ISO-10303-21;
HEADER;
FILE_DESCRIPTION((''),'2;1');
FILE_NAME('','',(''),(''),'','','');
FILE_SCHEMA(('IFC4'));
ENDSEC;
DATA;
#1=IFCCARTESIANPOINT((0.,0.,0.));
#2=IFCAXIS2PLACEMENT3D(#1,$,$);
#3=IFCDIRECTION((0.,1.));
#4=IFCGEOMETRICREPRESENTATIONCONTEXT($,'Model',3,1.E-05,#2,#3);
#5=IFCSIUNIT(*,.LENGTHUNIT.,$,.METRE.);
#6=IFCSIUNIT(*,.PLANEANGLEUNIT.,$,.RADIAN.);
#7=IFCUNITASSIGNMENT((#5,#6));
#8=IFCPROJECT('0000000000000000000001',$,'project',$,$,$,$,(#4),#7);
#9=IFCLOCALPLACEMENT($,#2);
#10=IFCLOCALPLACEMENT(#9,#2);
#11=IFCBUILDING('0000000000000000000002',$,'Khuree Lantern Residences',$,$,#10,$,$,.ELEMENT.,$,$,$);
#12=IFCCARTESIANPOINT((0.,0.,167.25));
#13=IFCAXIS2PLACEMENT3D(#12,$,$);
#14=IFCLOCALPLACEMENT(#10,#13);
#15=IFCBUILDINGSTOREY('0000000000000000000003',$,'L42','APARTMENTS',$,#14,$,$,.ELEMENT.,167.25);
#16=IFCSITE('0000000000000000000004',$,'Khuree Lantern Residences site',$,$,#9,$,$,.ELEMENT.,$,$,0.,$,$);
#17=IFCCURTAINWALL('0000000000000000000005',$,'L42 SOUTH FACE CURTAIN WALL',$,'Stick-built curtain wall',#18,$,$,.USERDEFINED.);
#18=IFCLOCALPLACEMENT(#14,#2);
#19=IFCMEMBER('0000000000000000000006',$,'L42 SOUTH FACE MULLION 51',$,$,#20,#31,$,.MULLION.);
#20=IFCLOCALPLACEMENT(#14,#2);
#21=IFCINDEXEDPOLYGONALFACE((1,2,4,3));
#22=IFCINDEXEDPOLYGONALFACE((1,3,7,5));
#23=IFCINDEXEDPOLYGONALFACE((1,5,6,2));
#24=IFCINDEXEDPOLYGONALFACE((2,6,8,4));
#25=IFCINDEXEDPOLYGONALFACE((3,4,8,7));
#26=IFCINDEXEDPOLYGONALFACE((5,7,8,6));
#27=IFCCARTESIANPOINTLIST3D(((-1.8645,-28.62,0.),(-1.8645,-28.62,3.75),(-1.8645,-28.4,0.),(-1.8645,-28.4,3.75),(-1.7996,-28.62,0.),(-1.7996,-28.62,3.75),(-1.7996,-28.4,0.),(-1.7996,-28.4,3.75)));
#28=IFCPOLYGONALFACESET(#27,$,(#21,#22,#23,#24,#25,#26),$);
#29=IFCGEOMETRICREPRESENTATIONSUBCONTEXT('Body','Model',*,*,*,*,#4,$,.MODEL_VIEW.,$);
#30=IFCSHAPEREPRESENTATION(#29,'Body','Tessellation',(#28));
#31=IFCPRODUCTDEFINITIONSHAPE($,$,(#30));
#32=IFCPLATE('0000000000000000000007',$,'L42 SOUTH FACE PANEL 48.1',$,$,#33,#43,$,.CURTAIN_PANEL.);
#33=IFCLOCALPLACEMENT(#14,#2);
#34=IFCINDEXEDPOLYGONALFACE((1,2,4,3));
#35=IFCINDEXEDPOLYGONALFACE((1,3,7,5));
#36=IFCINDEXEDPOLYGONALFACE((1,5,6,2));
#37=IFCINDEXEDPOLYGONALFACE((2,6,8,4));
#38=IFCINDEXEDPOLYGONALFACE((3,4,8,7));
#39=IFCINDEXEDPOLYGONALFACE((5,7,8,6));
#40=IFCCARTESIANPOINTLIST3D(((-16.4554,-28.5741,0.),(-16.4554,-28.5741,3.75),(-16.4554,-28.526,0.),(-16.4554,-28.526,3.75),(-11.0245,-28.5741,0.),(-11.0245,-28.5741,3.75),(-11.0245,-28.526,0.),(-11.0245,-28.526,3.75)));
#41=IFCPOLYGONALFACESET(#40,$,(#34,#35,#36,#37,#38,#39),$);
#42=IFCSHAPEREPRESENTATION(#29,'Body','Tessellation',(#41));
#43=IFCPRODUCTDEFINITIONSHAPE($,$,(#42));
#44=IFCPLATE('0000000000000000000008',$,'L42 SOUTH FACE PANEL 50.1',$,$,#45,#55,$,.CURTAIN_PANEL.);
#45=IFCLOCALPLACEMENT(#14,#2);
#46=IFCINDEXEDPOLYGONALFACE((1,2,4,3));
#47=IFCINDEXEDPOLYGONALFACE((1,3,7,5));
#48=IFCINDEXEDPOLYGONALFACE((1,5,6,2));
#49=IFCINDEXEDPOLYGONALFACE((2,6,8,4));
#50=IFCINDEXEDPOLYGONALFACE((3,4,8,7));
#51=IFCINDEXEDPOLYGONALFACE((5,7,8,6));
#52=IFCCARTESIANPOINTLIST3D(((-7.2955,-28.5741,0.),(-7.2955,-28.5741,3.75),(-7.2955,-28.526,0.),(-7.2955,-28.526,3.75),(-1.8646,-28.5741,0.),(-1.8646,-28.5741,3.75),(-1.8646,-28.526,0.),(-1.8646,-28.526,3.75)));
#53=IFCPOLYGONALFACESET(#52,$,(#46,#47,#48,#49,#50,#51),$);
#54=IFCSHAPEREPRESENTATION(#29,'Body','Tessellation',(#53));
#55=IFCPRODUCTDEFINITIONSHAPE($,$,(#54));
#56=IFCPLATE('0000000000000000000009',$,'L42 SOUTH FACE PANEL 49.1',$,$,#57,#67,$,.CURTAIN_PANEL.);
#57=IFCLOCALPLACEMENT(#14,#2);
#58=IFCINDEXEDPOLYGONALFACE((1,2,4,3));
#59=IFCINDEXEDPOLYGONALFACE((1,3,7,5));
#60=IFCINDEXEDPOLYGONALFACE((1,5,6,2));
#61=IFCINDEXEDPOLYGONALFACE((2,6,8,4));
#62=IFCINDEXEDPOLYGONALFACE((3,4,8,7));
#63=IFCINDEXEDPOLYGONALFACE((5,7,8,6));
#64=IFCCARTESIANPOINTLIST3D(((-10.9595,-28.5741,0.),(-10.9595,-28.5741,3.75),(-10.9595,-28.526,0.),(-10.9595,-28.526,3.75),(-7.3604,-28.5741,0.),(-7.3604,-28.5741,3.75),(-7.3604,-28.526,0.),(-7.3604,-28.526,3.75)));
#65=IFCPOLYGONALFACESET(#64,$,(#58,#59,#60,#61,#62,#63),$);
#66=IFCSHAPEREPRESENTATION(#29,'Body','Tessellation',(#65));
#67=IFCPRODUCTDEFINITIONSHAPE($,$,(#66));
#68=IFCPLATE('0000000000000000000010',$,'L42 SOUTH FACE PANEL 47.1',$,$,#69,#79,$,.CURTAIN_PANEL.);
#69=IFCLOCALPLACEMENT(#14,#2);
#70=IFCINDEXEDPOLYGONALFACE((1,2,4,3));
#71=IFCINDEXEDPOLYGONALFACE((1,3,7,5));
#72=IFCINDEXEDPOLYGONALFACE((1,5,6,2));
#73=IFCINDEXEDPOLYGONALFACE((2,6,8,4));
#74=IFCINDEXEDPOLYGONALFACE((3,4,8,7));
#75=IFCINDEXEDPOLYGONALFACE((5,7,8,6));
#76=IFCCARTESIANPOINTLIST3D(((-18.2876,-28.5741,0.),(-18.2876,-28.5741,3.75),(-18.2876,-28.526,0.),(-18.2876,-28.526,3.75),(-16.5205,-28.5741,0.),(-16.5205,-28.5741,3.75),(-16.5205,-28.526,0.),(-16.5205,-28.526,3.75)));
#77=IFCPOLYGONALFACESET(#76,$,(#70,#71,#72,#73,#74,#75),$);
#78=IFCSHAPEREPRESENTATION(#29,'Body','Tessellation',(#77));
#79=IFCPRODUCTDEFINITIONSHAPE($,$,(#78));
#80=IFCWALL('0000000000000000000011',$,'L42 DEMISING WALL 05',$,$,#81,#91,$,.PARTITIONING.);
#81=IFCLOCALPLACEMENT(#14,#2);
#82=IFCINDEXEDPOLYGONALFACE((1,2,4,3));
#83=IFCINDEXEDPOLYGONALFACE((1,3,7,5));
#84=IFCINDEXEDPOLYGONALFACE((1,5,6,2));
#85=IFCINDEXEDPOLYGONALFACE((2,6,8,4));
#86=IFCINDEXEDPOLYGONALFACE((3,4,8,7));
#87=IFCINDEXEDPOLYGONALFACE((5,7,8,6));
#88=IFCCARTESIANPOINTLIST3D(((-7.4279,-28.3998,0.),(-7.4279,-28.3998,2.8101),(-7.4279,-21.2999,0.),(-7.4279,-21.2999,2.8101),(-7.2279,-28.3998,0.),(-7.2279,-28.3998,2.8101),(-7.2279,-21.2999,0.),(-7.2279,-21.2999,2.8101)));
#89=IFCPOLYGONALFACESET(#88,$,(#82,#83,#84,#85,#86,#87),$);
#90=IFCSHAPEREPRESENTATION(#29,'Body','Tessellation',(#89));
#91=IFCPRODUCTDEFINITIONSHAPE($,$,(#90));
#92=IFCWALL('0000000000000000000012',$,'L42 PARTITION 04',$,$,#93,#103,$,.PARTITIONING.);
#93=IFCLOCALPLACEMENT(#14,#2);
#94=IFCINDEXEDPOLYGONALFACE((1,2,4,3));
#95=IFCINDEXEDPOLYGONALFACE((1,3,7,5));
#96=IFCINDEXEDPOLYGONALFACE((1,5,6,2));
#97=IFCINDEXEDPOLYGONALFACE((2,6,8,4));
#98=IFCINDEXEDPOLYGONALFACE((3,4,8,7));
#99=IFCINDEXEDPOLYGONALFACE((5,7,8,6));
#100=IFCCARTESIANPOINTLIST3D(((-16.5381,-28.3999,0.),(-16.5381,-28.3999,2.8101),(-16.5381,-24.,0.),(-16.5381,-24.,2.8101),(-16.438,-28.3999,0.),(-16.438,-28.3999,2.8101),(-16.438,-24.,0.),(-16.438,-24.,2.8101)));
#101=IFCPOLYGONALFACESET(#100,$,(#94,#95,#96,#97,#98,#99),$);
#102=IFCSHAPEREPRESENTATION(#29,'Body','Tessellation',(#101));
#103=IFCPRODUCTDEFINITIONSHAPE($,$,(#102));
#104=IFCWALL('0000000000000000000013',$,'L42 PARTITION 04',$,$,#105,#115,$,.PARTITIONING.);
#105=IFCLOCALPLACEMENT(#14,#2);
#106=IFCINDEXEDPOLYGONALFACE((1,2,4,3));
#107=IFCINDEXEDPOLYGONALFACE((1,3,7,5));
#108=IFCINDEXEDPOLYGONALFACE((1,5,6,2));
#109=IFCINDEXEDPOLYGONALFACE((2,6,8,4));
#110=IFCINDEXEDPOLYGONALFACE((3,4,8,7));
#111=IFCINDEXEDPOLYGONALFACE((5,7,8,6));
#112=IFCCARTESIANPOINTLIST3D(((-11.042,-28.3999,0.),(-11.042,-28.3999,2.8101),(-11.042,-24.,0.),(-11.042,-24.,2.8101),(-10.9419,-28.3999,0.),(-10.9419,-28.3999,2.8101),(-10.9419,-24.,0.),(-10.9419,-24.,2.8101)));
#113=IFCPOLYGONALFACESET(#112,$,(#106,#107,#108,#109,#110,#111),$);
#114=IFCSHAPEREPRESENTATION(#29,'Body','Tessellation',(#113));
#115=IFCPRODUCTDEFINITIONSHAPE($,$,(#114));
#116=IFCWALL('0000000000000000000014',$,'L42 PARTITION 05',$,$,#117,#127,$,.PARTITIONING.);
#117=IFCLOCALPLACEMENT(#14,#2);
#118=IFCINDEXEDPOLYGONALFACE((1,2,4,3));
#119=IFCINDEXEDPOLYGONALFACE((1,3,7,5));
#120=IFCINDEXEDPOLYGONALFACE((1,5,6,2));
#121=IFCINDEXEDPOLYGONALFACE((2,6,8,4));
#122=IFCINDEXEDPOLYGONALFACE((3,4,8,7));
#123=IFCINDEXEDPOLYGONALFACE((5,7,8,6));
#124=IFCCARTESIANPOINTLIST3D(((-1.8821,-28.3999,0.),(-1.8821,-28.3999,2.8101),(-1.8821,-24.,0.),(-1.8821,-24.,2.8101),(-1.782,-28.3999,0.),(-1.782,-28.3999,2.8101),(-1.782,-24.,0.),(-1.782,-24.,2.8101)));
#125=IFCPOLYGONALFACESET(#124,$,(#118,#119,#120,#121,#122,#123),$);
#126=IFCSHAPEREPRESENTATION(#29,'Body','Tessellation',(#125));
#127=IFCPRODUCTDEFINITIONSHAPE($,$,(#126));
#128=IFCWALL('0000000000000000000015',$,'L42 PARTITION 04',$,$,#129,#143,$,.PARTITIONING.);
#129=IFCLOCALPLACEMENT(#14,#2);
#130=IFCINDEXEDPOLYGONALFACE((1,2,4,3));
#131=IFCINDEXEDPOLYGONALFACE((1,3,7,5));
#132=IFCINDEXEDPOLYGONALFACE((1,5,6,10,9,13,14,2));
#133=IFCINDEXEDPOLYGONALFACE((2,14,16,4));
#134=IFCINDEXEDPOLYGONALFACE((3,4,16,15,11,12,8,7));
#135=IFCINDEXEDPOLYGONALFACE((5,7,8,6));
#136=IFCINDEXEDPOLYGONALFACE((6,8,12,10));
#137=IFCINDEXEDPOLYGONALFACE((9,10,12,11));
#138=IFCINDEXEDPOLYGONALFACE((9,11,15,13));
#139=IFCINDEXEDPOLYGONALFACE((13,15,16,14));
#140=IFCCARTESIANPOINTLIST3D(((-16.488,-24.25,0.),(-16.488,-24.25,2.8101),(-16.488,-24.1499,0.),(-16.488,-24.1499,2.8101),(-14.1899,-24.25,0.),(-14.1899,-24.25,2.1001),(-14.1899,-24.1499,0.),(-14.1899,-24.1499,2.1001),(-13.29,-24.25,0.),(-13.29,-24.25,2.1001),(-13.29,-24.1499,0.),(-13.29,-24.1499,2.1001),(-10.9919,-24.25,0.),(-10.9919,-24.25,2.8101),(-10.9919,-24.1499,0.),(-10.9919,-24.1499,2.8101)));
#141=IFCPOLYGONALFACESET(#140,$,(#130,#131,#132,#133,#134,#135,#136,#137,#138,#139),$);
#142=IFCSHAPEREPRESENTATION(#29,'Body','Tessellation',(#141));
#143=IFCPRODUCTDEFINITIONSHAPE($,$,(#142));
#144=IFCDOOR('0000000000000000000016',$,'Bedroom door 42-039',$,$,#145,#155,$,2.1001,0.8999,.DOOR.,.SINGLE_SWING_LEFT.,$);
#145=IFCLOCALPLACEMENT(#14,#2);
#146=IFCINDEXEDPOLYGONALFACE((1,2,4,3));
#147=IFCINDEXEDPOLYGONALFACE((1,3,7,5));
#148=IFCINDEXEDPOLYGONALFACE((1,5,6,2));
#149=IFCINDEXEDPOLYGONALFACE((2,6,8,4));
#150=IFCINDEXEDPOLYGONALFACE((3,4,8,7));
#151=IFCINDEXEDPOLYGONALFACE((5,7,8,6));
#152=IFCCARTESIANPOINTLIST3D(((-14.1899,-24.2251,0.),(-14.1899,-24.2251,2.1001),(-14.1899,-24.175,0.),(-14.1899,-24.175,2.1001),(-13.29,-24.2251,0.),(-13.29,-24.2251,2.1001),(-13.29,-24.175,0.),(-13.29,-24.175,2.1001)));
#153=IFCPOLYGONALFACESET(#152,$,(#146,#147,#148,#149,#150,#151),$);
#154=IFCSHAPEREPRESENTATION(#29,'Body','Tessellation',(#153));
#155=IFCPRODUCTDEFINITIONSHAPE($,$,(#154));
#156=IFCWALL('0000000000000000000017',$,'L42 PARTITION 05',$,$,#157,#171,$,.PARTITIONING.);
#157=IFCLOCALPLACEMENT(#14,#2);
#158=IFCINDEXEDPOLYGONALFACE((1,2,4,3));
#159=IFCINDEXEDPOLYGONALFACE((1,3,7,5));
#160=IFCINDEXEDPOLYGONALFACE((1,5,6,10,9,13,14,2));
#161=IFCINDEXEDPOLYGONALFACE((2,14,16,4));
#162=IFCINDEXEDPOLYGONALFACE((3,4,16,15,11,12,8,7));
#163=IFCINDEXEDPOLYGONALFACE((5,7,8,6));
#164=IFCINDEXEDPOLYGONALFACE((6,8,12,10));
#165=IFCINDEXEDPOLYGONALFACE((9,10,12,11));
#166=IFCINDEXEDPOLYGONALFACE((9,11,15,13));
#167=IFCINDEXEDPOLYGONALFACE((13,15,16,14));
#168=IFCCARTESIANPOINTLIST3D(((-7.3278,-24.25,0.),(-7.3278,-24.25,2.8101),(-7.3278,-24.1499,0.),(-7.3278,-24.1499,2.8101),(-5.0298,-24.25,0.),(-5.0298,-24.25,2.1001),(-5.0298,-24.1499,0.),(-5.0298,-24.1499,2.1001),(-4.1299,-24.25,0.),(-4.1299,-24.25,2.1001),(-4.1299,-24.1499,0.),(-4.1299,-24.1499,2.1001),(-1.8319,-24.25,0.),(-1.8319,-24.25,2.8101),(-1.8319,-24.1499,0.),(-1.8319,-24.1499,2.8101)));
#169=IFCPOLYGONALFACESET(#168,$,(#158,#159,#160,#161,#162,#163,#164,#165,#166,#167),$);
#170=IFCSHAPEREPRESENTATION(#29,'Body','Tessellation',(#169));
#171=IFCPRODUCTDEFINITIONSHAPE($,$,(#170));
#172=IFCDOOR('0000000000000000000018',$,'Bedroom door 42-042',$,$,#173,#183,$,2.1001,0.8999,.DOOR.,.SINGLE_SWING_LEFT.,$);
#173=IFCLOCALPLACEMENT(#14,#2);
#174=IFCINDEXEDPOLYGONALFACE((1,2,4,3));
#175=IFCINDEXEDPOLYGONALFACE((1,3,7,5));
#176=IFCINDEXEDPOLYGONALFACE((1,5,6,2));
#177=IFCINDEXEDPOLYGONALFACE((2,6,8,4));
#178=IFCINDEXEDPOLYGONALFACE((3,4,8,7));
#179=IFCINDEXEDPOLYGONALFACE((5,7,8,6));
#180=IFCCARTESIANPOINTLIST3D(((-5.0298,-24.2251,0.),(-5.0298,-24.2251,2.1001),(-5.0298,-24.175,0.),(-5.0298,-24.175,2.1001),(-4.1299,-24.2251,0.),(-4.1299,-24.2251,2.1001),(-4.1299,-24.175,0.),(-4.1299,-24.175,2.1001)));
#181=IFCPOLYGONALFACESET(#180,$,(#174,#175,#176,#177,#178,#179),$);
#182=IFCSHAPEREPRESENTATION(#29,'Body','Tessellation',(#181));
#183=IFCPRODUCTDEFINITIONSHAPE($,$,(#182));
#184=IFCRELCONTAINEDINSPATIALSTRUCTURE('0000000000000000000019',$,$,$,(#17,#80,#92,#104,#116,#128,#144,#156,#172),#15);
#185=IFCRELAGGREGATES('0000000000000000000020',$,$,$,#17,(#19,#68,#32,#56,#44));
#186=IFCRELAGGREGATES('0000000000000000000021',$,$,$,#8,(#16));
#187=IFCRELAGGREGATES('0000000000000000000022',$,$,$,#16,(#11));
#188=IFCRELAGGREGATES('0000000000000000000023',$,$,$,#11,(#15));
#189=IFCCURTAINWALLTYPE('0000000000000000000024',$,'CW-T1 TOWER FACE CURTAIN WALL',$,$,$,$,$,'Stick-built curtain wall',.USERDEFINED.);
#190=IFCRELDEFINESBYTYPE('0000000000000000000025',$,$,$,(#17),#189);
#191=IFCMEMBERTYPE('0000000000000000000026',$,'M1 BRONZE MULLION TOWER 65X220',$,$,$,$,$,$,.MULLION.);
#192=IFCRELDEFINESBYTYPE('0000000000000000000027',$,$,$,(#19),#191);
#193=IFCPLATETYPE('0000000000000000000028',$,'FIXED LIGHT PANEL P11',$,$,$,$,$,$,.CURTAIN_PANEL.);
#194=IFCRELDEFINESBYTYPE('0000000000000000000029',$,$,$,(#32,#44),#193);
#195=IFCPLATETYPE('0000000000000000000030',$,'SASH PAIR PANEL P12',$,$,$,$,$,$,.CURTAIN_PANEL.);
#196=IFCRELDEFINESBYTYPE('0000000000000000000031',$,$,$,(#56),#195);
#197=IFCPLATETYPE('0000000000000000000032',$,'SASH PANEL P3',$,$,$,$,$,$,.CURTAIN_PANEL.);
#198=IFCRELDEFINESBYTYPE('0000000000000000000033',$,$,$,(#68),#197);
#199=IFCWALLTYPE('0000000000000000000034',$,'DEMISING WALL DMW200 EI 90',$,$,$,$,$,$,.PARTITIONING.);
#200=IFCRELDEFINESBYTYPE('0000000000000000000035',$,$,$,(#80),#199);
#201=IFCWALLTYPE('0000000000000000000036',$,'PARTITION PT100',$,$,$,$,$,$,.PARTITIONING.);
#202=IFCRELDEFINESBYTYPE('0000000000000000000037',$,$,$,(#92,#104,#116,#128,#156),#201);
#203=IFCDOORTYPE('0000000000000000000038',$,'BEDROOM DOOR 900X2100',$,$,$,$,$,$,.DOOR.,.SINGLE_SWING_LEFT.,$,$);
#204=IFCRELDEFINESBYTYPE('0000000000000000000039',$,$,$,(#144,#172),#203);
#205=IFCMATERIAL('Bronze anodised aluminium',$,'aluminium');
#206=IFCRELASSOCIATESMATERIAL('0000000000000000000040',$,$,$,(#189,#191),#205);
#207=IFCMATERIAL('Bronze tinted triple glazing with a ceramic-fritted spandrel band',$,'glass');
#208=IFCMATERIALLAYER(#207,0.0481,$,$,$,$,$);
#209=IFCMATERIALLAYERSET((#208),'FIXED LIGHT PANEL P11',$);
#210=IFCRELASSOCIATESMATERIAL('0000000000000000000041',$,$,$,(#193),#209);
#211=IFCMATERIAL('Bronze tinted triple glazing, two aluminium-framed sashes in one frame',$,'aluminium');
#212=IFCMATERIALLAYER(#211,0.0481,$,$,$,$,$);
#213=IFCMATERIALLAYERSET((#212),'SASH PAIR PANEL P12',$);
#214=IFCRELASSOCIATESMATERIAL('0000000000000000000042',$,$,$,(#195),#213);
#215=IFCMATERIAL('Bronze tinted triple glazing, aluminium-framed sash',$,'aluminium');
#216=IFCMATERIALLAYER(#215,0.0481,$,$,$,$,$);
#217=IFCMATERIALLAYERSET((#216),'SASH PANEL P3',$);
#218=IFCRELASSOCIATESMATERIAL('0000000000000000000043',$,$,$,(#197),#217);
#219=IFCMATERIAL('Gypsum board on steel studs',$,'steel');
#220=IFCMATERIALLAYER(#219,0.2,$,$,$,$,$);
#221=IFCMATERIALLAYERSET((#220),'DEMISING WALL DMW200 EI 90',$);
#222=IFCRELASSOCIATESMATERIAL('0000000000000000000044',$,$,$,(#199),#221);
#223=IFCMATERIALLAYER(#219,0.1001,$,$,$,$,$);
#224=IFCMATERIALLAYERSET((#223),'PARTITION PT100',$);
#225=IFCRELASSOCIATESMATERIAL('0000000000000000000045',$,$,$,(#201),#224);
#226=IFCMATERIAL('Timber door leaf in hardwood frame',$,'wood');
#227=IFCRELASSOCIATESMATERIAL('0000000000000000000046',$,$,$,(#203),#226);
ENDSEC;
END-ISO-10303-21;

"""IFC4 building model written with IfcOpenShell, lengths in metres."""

from ifc_helpers import new_model, si_unit, direction, frame, frame_2d, origin, origin_2d, place, context, subcontext, project, spatial, rectangle, extrude, material, layer, layer_set, material_profile, profile_set, type_object, element, fill, aggregate, save


model = new_model("IFC4")

# Units and contexts
model_context = context("Model", 3, precision=1e-05, world=origin(), true_north=direction((0.0, 1.0)))
body_context = subcontext(model_context, "Body", "Model", "MODEL_VIEW")
ifc_project = project(units=[si_unit("LENGTHUNIT", "METRE"), si_unit("PLANEANGLEUNIT", "RADIAN")], contexts=[model_context])

# Site, building, storey
site_placement = place(None, origin())
site = spatial("IfcSite", under=ifc_project, at=site_placement, Name="Khuree Lantern Residences site", CompositionType="ELEMENT", RefElevation=0.0)
building_placement = place(site_placement, origin())
building = spatial("IfcBuilding", under=site, at=building_placement, Name="Khuree Lantern Residences", CompositionType="ELEMENT")
storey_placement = place(building_placement, frame((0.0, 0.0, 167.25)))
storey = spatial("IfcBuildingStorey", under=building, at=storey_placement, Name="L42", Description="APARTMENTS", CompositionType="ELEMENT", Elevation=167.25)

# Curtain wall
ifc_material_1 = material(Name="Bronze anodised aluminium", Category="aluminium")
curtain_wall_type = type_object("IfcCurtainWallType", Name="CW-T1 TOWER FACE CURTAIN WALL", ElementType="Stick-built curtain wall", PredefinedType="USERDEFINED", material=ifc_material_1)
curtain_wall_placement = place(storey_placement, origin())
curtain_wall = element("IfcCurtainWall", 1, at=curtain_wall_placement, inside=storey, type_object=curtain_wall_type, Name="L42 SOUTH FACE CURTAIN WALL", ObjectType="Stick-built curtain wall", PredefinedType="USERDEFINED")

# Member
ifc_material_profile_1 = material_profile(ifc_material_1, rectangle(XDim=0.0649, YDim=0.22, at=origin_2d()), Name="M1 65X220")
ifc_profile_set_1 = profile_set([ifc_material_profile_1], Name="Bronze anodised aluminium")
member_type_1 = type_object("IfcMemberType", Name="M1 BRONZE MULLION TOWER 65X220", PredefinedType="MULLION", material=ifc_profile_set_1)
member_1_placement = place(storey_placement, frame((-1.832, -28.51, 0.0), z_axis=(0.0, 0.0, 1.0), x_axis=(1.0, 0.0, 0.0)))
member_1 = element("IfcMember", 2, at=member_1_placement, type_object=member_type_1, Name="L42 SOUTH FACE MULLION 51", PredefinedType="MULLION", context=body_context, shape_type="SweptSolid", body=[
    extrude(rectangle(XDim=0.0649, YDim=0.22, at=origin_2d()), origin(), (0.0, 0.0, 1.0), 3.75),
])

# Plates
ifc_material_2 = material(Name="Bronze tinted triple glazing with a ceramic-fritted spandrel band", Category="glass")
ifc_layer_1 = layer(ifc_material_2, 0.0481)
ifc_layer_set_1 = layer_set([ifc_layer_1], Name="FIXED LIGHT PANEL P11")
plate_type_1 = type_object("IfcPlateType", Name="FIXED LIGHT PANEL P11", PredefinedType="CURTAIN_PANEL", material=ifc_layer_set_1)
plate_1_placement = place(storey_placement, frame((-13.74, -28.55, 0.0), z_axis=(0.0, 0.0, 1.0), x_axis=(1.0, 0.0, 0.0)))
plate_1 = element("IfcPlate", 3, at=plate_1_placement, type_object=plate_type_1, Name="L42 SOUTH FACE PANEL 48.1", PredefinedType="CURTAIN_PANEL", context=body_context, shape_type="SweptSolid", body=[
    extrude(rectangle(XDim=5.4309, YDim=0.0481, at=origin_2d()), origin(), (0.0, 0.0, 1.0), 3.75),
])
plate_2_placement = place(storey_placement, frame((-4.5801, -28.55, 0.0), z_axis=(0.0, 0.0, 1.0), x_axis=(1.0, 0.0, 0.0)))
plate_2 = element("IfcPlate", 4, at=plate_2_placement, type_object=plate_type_1, Name="L42 SOUTH FACE PANEL 50.1", PredefinedType="CURTAIN_PANEL", context=body_context, shape_type="SweptSolid", body=[
    extrude(rectangle(XDim=5.4309, YDim=0.0481, at=origin_2d()), origin(), (0.0, 0.0, 1.0), 3.75),
])
ifc_material_3 = material(Name="Bronze tinted triple glazing, two aluminium-framed sashes in one frame", Category="aluminium")
ifc_layer_2 = layer(ifc_material_3, 0.0481)
ifc_layer_set_2 = layer_set([ifc_layer_2], Name="SASH PAIR PANEL P12")
plate_type_2 = type_object("IfcPlateType", Name="SASH PAIR PANEL P12", PredefinedType="CURTAIN_PANEL", material=ifc_layer_set_2)
plate_3_placement = place(storey_placement, frame((-9.1599, -28.55, 0.0), z_axis=(0.0, 0.0, 1.0), x_axis=(1.0, 0.0, 0.0)))
plate_3 = element("IfcPlate", 5, at=plate_3_placement, type_object=plate_type_2, Name="L42 SOUTH FACE PANEL 49.1", PredefinedType="CURTAIN_PANEL", context=body_context, shape_type="SweptSolid", body=[
    extrude(rectangle(XDim=3.5991, YDim=0.0481, at=origin_2d()), origin(), (0.0, 0.0, 1.0), 3.75),
])
ifc_material_4 = material(Name="Bronze tinted triple glazing, aluminium-framed sash", Category="aluminium")
ifc_layer_3 = layer(ifc_material_4, 0.0481)
ifc_layer_set_3 = layer_set([ifc_layer_3], Name="SASH PANEL P3")
plate_type_3 = type_object("IfcPlateType", Name="SASH PANEL P3", PredefinedType="CURTAIN_PANEL", material=ifc_layer_set_3)
plate_4_placement = place(storey_placement, frame((-17.4041, -28.55, 0.0), z_axis=(0.0, 0.0, 1.0), x_axis=(1.0, 0.0, 0.0)))
plate_4 = element("IfcPlate", 6, at=plate_4_placement, type_object=plate_type_3, Name="L42 SOUTH FACE PANEL 47.1", PredefinedType="CURTAIN_PANEL", context=body_context, shape_type="SweptSolid", body=[
    extrude(rectangle(XDim=1.7671, YDim=0.0481, at=origin_2d()), origin(), (0.0, 0.0, 1.0), 3.75),
])
aggregate(curtain_wall, [member_1, plate_4, plate_1, plate_3, plate_2])

# Walls
ifc_material_5 = material(Name="Gypsum board on steel studs", Category="steel")
ifc_layer_4 = layer(ifc_material_5, 0.2)
ifc_layer_set_4 = layer_set([ifc_layer_4], Name="DEMISING WALL DMW200 EI 90")
wall_type_1 = type_object("IfcWallType", Name="DEMISING WALL DMW200 EI 90", PredefinedType="PARTITIONING", material=ifc_layer_set_4)
wall_1_placement = place(storey_placement, frame((-7.3279, -21.3, 0.0), z_axis=(0.0, 0.0, 1.0), x_axis=(0.0, -1.0, 0.0)))
element("IfcWall", 7, at=wall_1_placement, inside=storey, type_object=wall_type_1, Name="L42 DEMISING WALL 05", PredefinedType="PARTITIONING", context=body_context, shape_type="SweptSolid", body=[
    extrude(rectangle(XDim=7.0999, YDim=0.2, at=frame_2d((3.5498, 0.0))), origin(), (0.0, 0.0, 1.0), 2.8101),
])
ifc_layer_5 = layer(ifc_material_5, 0.1001)
ifc_layer_set_5 = layer_set([ifc_layer_5], Name="PARTITION PT100")
wall_type_2 = type_object("IfcWallType", Name="PARTITION PT100", PredefinedType="PARTITIONING", material=ifc_layer_set_5)
for number, where, z_axis, x_axis, name in (
    (8, (-16.488, -24.0, 0.0), (0.0, 0.0, 1.0), (0.0, -1.0, 0.0), "L42 PARTITION 04"),
    (9, (-10.9919, -24.0, 0.0), (0.0, 0.0, 1.0), (0.0, -1.0, 0.0), "L42 PARTITION 04"),
    (10, (-1.832, -24.0, 0.0), (0.0, 0.0, 1.0), (0.0, -1.0, 0.0), "L42 PARTITION 05"),
):
    element("IfcWall", number, at=place(storey_placement, frame(where, z_axis=z_axis, x_axis=x_axis)), inside=storey, type_object=wall_type_2, Name=name, PredefinedType="PARTITIONING", context=body_context, shape_type="SweptSolid", body=[
        extrude(rectangle(XDim=4.3999, YDim=0.1001, at=frame_2d((2.2, 0.0))), origin(), (0.0, 0.0, 1.0), 2.8101),
    ])

# Walls, openings, doors
wall_2_placement = place(storey_placement, frame((-16.488, -24.2, 0.0), z_axis=(0.0, 0.0, 1.0), x_axis=(1.0, 0.0, 0.0)))
wall_2 = element("IfcWall", 11, at=wall_2_placement, inside=storey, type_object=wall_type_2, Name="L42 PARTITION 04", PredefinedType="PARTITIONING", context=body_context, shape_type="SweptSolid", body=[
    extrude(rectangle(XDim=5.4961, YDim=0.1001, at=frame_2d((2.748, 0.0))), origin(), (0.0, 0.0, 1.0), 2.8101),
])
opening_1_placement = place(wall_2_placement, frame((2.2981, 0.0, 0.0)))
opening_1 = element("IfcOpeningElement", 12, at=opening_1_placement, cuts=wall_2, PredefinedType="OPENING", context=body_context, shape_type="SweptSolid", body=[
    extrude(rectangle(XDim=0.8999, YDim=2.1001, at=frame_2d((0.45, 1.05))), frame((0.0, 0.0601, 0.0), z_axis=(0.0, -1.0, 0.0), x_axis=(1.0, 0.0, 0.0)), (0.0, 0.0, 1.0), 0.1201),
])
ifc_material_6 = material(Name="Timber door leaf in hardwood frame", Category="wood")
door_type = type_object("IfcDoorType", Name="BEDROOM DOOR 900X2100", OperationType="SINGLE_SWING_LEFT", PredefinedType="DOOR", material=ifc_material_6)
door_1_placement = place(opening_1_placement, origin())
door_1 = element("IfcDoor", 13, at=door_1_placement, inside=storey, type_object=door_type, Name="Bedroom door 42-039", OperationType="SINGLE_SWING_LEFT", OverallHeight=2.1001, OverallWidth=0.8999, PredefinedType="DOOR", context=body_context, shape_type="SweptSolid", body=[
    extrude(rectangle(XDim=0.8999, YDim=2.1001, at=frame_2d((0.45, 1.05))), frame((0.0, 0.0249, 0.0), z_axis=(0.0, -1.0, 0.0), x_axis=(1.0, 0.0, 0.0)), (0.0, 0.0, 1.0), 0.05),
])
fill(opening_1, door_1)
wall_3_placement = place(storey_placement, frame((-7.3279, -24.2, 0.0), z_axis=(0.0, 0.0, 1.0), x_axis=(1.0, 0.0, 0.0)))
wall_3 = element("IfcWall", 14, at=wall_3_placement, inside=storey, type_object=wall_type_2, Name="L42 PARTITION 05", PredefinedType="PARTITIONING", context=body_context, shape_type="SweptSolid", body=[
    extrude(rectangle(XDim=5.4958, YDim=0.1001, at=frame_2d((2.748, 0.0))), origin(), (0.0, 0.0, 1.0), 2.8101),
])
opening_2_placement = place(wall_3_placement, frame((2.2981, 0.0, 0.0)))
opening_2 = element("IfcOpeningElement", 15, at=opening_2_placement, cuts=wall_3, PredefinedType="OPENING", context=body_context, shape_type="SweptSolid", body=[
    extrude(rectangle(XDim=0.8999, YDim=2.1001, at=frame_2d((0.45, 1.05))), frame((0.0, 0.0601, 0.0), z_axis=(0.0, -1.0, 0.0), x_axis=(1.0, 0.0, 0.0)), (0.0, 0.0, 1.0), 0.1201),
])
door_2_placement = place(opening_2_placement, origin())
door_2 = element("IfcDoor", 16, at=door_2_placement, inside=storey, type_object=door_type, Name="Bedroom door 42-042", OperationType="SINGLE_SWING_LEFT", OverallHeight=2.1001, OverallWidth=0.8999, PredefinedType="DOOR", context=body_context, shape_type="SweptSolid", body=[
    extrude(rectangle(XDim=0.8999, YDim=2.1001, at=frame_2d((0.45, 1.05))), frame((0.0, 0.0249, 0.0), z_axis=(0.0, -1.0, 0.0), x_axis=(1.0, 0.0, 0.0)), (0.0, 0.0, 1.0), 0.05),
])
fill(opening_2, door_2)

save(model, "model.ifc")
